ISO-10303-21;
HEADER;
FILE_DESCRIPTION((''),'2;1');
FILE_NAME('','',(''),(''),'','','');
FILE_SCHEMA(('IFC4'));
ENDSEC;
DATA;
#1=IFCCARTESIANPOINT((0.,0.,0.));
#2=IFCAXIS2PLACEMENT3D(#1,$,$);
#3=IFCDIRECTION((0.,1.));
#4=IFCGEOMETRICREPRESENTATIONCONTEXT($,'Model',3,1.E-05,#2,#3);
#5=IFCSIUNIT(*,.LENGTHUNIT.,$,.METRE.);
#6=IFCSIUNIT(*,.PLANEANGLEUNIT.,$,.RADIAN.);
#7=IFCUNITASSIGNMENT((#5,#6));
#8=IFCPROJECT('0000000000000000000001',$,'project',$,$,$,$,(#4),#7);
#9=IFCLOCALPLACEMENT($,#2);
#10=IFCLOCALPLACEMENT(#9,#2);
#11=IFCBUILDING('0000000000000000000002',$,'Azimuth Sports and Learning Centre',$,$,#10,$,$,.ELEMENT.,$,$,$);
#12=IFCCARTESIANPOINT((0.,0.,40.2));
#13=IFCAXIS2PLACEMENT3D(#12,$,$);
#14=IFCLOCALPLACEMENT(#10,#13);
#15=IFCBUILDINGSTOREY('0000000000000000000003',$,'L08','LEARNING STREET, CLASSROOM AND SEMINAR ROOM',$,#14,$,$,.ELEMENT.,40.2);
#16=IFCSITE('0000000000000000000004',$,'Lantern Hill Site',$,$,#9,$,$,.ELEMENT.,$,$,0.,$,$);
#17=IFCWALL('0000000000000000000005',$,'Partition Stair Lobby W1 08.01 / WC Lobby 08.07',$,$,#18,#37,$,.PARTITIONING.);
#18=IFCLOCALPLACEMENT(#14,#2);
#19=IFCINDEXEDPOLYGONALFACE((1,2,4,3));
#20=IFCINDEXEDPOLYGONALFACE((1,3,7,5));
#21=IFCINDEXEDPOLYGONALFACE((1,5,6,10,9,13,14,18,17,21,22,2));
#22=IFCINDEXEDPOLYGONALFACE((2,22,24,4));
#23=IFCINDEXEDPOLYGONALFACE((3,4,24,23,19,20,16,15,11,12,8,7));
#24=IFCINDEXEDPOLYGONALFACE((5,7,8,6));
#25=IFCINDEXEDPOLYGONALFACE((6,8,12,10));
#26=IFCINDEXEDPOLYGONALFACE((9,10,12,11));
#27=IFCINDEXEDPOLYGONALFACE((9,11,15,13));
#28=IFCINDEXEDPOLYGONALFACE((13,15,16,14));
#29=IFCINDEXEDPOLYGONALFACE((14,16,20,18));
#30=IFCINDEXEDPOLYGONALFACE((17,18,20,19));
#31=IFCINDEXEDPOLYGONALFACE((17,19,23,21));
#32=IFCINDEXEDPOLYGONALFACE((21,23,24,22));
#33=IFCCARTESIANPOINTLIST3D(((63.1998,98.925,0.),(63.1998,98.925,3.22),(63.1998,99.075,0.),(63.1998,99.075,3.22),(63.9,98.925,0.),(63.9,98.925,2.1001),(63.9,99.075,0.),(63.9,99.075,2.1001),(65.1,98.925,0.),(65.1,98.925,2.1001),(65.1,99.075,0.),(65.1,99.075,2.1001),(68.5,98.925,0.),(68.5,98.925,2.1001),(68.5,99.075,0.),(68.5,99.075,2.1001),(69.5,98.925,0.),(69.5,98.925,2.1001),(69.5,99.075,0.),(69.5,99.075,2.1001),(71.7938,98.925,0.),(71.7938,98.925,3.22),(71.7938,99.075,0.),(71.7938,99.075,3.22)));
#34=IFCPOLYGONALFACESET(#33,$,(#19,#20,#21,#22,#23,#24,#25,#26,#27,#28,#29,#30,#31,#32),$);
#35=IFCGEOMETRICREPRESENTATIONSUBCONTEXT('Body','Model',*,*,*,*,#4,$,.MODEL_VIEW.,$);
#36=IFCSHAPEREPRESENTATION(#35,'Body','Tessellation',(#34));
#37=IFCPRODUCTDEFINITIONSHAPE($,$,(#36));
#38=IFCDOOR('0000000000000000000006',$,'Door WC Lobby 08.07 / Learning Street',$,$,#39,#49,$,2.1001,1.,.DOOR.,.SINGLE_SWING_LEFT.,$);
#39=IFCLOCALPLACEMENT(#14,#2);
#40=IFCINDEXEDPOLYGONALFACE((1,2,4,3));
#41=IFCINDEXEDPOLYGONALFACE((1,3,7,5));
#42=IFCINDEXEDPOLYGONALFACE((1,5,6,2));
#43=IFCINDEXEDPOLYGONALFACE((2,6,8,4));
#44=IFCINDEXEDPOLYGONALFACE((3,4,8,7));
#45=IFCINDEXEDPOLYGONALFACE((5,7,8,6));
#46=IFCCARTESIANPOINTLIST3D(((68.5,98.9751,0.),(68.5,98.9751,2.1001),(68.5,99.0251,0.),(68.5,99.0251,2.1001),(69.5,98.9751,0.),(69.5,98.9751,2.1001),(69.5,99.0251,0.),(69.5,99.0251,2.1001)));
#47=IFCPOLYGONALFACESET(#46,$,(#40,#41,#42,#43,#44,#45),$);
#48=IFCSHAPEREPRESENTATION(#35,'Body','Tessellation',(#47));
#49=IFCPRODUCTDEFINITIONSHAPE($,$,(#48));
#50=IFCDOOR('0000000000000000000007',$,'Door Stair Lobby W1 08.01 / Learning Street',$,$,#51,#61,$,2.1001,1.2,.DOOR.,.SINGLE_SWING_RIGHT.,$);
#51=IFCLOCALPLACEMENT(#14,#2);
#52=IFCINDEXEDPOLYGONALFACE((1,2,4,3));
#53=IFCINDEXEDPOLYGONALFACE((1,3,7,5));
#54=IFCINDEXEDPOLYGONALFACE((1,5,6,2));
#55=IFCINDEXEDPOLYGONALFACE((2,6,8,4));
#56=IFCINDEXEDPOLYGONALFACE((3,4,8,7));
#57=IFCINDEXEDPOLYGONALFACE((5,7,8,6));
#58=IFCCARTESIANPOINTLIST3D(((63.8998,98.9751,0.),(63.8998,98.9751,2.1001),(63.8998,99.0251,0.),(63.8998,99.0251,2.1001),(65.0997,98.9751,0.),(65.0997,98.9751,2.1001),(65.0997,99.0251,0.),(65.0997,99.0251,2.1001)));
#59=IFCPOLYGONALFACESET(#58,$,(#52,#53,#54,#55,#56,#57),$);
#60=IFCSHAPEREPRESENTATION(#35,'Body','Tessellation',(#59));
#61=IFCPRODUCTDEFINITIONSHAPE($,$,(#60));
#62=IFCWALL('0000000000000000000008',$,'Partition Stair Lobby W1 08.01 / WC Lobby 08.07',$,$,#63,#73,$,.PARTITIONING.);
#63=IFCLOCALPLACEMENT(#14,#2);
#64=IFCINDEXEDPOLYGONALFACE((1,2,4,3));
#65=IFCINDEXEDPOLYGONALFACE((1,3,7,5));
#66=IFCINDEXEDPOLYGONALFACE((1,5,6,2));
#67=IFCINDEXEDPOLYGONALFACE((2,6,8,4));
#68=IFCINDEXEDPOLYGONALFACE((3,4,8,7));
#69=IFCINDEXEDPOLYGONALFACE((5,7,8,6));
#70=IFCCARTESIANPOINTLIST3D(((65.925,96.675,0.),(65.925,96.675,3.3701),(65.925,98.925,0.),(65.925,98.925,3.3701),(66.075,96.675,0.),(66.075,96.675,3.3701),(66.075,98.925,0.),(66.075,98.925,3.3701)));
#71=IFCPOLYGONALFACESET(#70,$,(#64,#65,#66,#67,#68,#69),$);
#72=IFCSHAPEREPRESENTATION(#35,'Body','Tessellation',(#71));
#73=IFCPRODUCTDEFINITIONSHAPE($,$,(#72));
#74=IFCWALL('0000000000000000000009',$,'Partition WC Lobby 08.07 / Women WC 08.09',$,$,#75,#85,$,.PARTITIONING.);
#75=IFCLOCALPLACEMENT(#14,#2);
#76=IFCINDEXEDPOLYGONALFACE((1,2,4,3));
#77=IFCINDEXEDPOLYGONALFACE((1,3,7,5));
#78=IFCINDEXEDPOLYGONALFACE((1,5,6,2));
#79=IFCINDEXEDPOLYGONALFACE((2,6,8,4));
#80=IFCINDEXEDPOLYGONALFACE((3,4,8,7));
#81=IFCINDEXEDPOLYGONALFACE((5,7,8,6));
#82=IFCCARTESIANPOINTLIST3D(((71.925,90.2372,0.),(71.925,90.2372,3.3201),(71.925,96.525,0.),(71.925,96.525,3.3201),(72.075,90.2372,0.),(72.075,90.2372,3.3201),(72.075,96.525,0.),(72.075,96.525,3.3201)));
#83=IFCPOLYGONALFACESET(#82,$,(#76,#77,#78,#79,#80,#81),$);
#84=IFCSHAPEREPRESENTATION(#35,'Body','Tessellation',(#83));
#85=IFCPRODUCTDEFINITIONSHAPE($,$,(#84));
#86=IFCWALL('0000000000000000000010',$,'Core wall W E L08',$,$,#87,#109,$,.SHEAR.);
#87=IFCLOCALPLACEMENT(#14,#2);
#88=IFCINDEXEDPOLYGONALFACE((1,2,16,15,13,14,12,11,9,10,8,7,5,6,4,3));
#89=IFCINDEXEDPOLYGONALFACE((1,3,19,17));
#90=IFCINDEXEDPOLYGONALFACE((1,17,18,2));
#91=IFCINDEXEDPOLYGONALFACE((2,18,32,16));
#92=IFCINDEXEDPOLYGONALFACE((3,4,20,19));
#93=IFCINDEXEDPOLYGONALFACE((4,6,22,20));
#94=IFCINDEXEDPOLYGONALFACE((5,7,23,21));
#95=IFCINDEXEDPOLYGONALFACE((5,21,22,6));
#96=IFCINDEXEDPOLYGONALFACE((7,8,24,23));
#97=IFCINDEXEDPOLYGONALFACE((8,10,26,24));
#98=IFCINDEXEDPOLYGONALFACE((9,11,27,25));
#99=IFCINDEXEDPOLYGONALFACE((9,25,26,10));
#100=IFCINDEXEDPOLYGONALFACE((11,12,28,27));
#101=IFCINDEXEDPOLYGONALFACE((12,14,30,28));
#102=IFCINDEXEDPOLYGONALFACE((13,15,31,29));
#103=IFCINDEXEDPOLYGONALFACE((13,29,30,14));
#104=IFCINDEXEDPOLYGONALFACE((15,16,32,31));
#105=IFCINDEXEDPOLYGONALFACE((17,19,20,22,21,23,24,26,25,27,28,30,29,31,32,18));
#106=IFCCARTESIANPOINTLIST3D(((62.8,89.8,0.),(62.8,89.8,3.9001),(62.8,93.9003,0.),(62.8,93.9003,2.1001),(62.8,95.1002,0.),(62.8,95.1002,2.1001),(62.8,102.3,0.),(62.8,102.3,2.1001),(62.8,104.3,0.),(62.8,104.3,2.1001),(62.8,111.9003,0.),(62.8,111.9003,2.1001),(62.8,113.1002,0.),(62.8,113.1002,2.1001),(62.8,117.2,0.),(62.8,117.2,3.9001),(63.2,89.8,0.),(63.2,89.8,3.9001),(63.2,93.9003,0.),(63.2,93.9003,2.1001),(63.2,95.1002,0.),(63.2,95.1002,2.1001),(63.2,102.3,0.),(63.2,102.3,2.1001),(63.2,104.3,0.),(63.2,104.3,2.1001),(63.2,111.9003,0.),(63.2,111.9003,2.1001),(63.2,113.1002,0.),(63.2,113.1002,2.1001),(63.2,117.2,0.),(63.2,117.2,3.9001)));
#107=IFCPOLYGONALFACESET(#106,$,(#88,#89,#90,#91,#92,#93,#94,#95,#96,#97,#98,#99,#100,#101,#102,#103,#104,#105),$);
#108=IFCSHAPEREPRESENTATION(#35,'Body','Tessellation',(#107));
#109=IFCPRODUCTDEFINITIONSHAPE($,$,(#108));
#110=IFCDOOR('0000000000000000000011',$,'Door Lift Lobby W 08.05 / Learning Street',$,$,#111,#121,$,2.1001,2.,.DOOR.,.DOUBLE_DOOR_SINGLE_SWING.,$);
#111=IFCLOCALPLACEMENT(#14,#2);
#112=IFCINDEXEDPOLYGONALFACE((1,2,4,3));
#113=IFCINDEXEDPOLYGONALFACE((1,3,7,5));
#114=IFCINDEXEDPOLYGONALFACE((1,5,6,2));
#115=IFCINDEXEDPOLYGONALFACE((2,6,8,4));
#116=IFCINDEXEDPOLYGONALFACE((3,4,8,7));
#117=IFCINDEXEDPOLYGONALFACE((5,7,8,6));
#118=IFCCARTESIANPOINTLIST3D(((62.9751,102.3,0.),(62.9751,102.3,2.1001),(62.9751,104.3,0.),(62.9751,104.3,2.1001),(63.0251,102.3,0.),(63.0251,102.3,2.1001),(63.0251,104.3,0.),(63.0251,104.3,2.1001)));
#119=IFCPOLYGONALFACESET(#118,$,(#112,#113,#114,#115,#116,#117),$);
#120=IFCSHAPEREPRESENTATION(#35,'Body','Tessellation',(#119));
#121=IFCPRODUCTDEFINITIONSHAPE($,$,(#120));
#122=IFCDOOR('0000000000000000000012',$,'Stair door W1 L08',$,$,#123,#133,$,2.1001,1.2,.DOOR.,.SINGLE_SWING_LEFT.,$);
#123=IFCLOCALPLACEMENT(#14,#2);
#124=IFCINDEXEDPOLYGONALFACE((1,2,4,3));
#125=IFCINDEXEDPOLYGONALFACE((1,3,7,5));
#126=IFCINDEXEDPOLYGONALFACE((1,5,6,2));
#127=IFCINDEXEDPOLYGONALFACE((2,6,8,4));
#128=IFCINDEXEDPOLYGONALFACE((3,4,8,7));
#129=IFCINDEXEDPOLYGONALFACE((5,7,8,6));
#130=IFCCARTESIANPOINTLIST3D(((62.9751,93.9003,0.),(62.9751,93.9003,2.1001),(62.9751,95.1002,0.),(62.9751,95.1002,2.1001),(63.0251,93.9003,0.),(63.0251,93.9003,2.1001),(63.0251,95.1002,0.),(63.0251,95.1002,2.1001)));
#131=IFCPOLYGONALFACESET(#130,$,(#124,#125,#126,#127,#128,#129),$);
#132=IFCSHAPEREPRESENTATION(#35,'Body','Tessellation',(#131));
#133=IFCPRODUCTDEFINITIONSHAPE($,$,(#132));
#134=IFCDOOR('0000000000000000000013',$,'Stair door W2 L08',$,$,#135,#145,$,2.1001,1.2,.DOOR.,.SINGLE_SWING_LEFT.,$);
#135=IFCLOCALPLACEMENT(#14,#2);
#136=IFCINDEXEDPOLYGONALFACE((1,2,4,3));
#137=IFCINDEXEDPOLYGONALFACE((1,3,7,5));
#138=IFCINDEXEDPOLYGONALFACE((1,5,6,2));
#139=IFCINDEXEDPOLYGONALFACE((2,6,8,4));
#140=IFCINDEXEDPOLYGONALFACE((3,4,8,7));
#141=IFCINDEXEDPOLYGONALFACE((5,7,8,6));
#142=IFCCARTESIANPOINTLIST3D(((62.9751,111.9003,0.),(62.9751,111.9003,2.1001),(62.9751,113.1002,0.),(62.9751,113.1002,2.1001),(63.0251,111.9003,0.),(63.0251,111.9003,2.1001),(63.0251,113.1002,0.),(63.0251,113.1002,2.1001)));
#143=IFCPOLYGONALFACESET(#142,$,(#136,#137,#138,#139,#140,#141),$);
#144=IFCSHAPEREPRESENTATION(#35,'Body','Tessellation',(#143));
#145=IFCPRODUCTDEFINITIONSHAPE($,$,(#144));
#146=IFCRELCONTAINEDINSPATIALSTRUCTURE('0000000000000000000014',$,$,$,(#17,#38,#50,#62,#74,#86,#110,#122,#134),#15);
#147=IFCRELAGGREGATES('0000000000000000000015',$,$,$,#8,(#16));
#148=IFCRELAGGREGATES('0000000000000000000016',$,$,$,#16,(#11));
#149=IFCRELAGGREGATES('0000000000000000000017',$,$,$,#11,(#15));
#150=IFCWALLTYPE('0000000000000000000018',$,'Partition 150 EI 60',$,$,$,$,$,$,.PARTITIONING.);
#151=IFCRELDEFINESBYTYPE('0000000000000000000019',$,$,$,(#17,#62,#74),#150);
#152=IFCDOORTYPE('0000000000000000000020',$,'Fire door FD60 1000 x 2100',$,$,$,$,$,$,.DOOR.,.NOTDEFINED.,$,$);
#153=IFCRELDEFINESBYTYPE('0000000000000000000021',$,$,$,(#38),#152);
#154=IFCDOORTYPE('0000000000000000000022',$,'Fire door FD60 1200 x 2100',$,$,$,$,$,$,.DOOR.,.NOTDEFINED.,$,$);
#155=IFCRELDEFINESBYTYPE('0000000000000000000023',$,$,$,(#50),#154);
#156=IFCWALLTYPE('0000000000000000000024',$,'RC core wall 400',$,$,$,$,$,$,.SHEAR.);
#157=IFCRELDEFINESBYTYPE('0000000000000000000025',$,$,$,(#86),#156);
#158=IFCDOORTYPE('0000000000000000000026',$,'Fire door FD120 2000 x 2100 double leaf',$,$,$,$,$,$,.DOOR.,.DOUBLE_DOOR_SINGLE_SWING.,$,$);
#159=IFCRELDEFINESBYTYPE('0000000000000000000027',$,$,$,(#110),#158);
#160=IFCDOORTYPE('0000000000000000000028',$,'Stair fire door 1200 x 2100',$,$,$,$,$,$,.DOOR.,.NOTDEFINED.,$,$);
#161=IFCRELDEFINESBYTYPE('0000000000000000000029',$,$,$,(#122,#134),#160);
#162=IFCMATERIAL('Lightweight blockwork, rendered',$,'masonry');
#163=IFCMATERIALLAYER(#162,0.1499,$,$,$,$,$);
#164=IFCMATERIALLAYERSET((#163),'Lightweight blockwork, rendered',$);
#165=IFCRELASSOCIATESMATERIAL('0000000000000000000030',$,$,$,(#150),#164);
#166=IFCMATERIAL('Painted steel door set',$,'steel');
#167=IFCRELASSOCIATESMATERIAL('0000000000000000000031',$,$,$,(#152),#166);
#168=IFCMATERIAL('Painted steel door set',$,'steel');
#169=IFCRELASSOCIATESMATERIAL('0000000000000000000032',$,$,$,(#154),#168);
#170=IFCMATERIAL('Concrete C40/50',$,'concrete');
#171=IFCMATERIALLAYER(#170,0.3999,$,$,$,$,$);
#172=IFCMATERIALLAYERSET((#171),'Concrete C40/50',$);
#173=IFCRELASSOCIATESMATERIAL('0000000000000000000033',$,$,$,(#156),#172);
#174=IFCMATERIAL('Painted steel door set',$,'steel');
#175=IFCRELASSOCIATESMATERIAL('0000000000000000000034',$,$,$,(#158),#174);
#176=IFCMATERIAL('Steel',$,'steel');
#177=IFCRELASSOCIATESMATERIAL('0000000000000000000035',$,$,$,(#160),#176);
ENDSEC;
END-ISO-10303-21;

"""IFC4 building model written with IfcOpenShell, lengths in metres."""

from ifc_helpers import new_model, si_unit, direction, frame, frame_2d, origin, place, context, subcontext, project, spatial, rectangle, extrude, material, layer, layer_set, type_object, element, fill, save


model = new_model("IFC4")

# Units and contexts
model_context = context("Model", 3, precision=1e-05, world=origin(), true_north=direction((0.0, 1.0)))
body_context = subcontext(model_context, "Body", "Model", "MODEL_VIEW")
ifc_project = project(units=[si_unit("LENGTHUNIT", "METRE"), si_unit("PLANEANGLEUNIT", "RADIAN")], contexts=[model_context])

# Site, building, storey
site_placement = place(None, origin())
site = spatial("IfcSite", under=ifc_project, at=site_placement, Name="Lantern Hill Site", CompositionType="ELEMENT", RefElevation=0.0)
building_placement = place(site_placement, origin())
building = spatial("IfcBuilding", under=site, at=building_placement, Name="Azimuth Sports and Learning Centre", CompositionType="ELEMENT")
storey_placement = place(building_placement, frame((0.0, 0.0, 40.2)))
storey = spatial("IfcBuildingStorey", under=building, at=storey_placement, Name="L08", Description="LEARNING STREET, CLASSROOM AND SEMINAR ROOM", CompositionType="ELEMENT", Elevation=40.2)

# Wall, openings, doors
ifc_material_1 = material(Name="Lightweight blockwork, rendered", Category="masonry")
ifc_layer_1 = layer(ifc_material_1, 0.1499)
ifc_layer_set_1 = layer_set([ifc_layer_1], Name="Lightweight blockwork, rendered")
wall_type_1 = type_object("IfcWallType", Name="Partition 150 EI 60", PredefinedType="PARTITIONING", material=ifc_layer_set_1)
wall_1_placement = place(storey_placement, frame((63.2, 99.0, 0.0), z_axis=(0.0, 0.0, 1.0), x_axis=(1.0, 0.0, 0.0)))
wall_1 = element("IfcWall", 1, at=wall_1_placement, inside=storey, type_object=wall_type_1, Name="Partition Stair Lobby W1 08.01 / WC Lobby 08.07", PredefinedType="PARTITIONING", context=body_context, shape_type="SweptSolid", body=[
    extrude(rectangle(XDim=8.594, YDim=0.1499, at=frame_2d((4.2969, 0.0))), origin(), (0.0, 0.0, 1.0), 3.22),
])
opening_1_placement = place(wall_1_placement, frame((0.7, 0.0, 0.0)))
opening_1 = element("IfcOpeningElement", 2, at=opening_1_placement, cuts=wall_1, PredefinedType="OPENING", context=body_context, shape_type="SweptSolid", body=[
    extrude(rectangle(XDim=1.2, YDim=2.1001, at=frame_2d((0.6001, 1.05))), frame((0.0, 0.0859, 0.0), z_axis=(0.0, -1.0, 0.0), x_axis=(1.0, 0.0, 0.0)), (0.0, 0.0, 1.0), 0.1719),
])
opening_2_placement = place(wall_1_placement, frame((5.3, 0.0, 0.0)))
opening_2 = element("IfcOpeningElement", 3, at=opening_2_placement, cuts=wall_1, PredefinedType="OPENING", context=body_context, shape_type="SweptSolid", body=[
    extrude(rectangle(XDim=1.0, YDim=2.1001, at=frame_2d((0.5, 1.05))), frame((0.0, 0.0859, 0.0), z_axis=(0.0, -1.0, 0.0), x_axis=(1.0, 0.0, 0.0)), (0.0, 0.0, 1.0), 0.1719),
])
ifc_material_2 = material(Name="Painted steel door set", Category="steel")
door_type_1 = type_object("IfcDoorType", Name="Fire door FD60 1000 x 2100", OperationType="NOTDEFINED", PredefinedType="DOOR", material=ifc_material_2)
door_1_placement = place(opening_2_placement, frame((1.0, 0.0, 0.0), z_axis=(0.0, 0.0, 1.0), x_axis=(-1.0, 0.0, 0.0)))
door_1 = element("IfcDoor", 4, at=door_1_placement, inside=storey, type_object=door_type_1, Name="Door WC Lobby 08.07 / Learning Street", OperationType="SINGLE_SWING_LEFT", OverallHeight=2.1001, OverallWidth=1.0, PredefinedType="DOOR", context=body_context, shape_type="SweptSolid", body=[
    extrude(rectangle(XDim=1.0, YDim=2.1001, at=frame_2d((0.5, 1.05))), frame((0.0, 0.0249, 0.0), z_axis=(0.0, -1.0, 0.0), x_axis=(1.0, 0.0, 0.0)), (0.0, 0.0, 1.0), 0.05),
])
fill(opening_2, door_1)
ifc_material_3 = material(Name="Painted steel door set", Category="steel")
door_type_2 = type_object("IfcDoorType", Name="Fire door FD60 1200 x 2100", OperationType="NOTDEFINED", PredefinedType="DOOR", material=ifc_material_3)
door_2_placement = place(opening_1_placement, frame((1.2, 0.0, 0.0), z_axis=(0.0, 0.0, 1.0), x_axis=(-1.0, 0.0, 0.0)))
door_2 = element("IfcDoor", 5, at=door_2_placement, inside=storey, type_object=door_type_2, Name="Door Stair Lobby W1 08.01 / Learning Street", OperationType="SINGLE_SWING_RIGHT", OverallHeight=2.1001, OverallWidth=1.2, PredefinedType="DOOR", context=body_context, shape_type="SweptSolid", body=[
    extrude(rectangle(XDim=1.2, YDim=2.1001, at=frame_2d((0.6001, 1.05))), frame((0.0, 0.0249, 0.0), z_axis=(0.0, -1.0, 0.0), x_axis=(1.0, 0.0, 0.0)), (0.0, 0.0, 1.0), 0.05),
])
fill(opening_1, door_2)

# Walls
wall_2_placement = place(storey_placement, frame((66.0, 96.675, 0.0), z_axis=(0.0, 0.0, 1.0), x_axis=(0.0, 1.0, 0.0)))
element("IfcWall", 6, at=wall_2_placement, inside=storey, type_object=wall_type_1, Name="Partition Stair Lobby W1 08.01 / WC Lobby 08.07", PredefinedType="PARTITIONING", context=body_context, shape_type="SweptSolid", body=[
    extrude(rectangle(XDim=2.25, YDim=0.1499, at=frame_2d((1.125, 0.0))), origin(), (0.0, 0.0, 1.0), 3.3701),
])
wall_3_placement = place(storey_placement, frame((72.0, 90.2371, 0.0), z_axis=(0.0, 0.0, 1.0), x_axis=(0.0, 1.0, 0.0)))
element("IfcWall", 7, at=wall_3_placement, inside=storey, type_object=wall_type_1, Name="Partition WC Lobby 08.07 / Women WC 08.09", PredefinedType="PARTITIONING", context=body_context, shape_type="SweptSolid", body=[
    extrude(rectangle(XDim=6.2878, YDim=0.1499, at=frame_2d((3.144, 0.0))), origin(), (0.0, 0.0, 1.0), 3.3201),
])

# Wall, openings, doors
ifc_material_4 = material(Name="Concrete C40/50", Category="concrete")
ifc_layer_2 = layer(ifc_material_4, 0.3999)
ifc_layer_set_2 = layer_set([ifc_layer_2], Name="Concrete C40/50")
wall_type_2 = type_object("IfcWallType", Name="RC core wall 400", PredefinedType="SHEAR", material=ifc_layer_set_2)
wall_4_placement = place(storey_placement, frame((63.0, 89.8, 0.0), z_axis=(0.0, 0.0, 1.0), x_axis=(0.0, 1.0, 0.0)))
wall_4 = element("IfcWall", 8, at=wall_4_placement, inside=storey, type_object=wall_type_2, Name="Core wall W E L08", PredefinedType="SHEAR", context=body_context, shape_type="SweptSolid", body=[
    extrude(rectangle(XDim=27.3999, YDim=0.3999, at=frame_2d((13.7, 0.0))), origin(), (0.0, 0.0, 1.0), 3.9001),
])
opening_3_placement = place(wall_4_placement, frame((4.1001, 0.0, 0.0)))
opening_3 = element("IfcOpeningElement", 9, at=opening_3_placement, cuts=wall_4, PredefinedType="OPENING", context=body_context, shape_type="SweptSolid", body=[
    extrude(rectangle(XDim=1.2, YDim=2.1001, at=frame_2d((0.6001, 1.05))), frame((0.0, 0.2109, 0.0), z_axis=(0.0, -1.0, 0.0), x_axis=(1.0, 0.0, 0.0)), (0.0, 0.0, 1.0), 0.4219),
])
opening_4_placement = place(wall_4_placement, frame((22.1001, 0.0, 0.0)))
opening_4 = element("IfcOpeningElement", 10, at=opening_4_placement, cuts=wall_4, PredefinedType="OPENING", context=body_context, shape_type="SweptSolid", body=[
    extrude(rectangle(XDim=1.2, YDim=2.1001, at=frame_2d((0.6001, 1.05))), frame((0.0, 0.2109, 0.0), z_axis=(0.0, -1.0, 0.0), x_axis=(1.0, 0.0, 0.0)), (0.0, 0.0, 1.0), 0.4219),
])
opening_5_placement = place(wall_4_placement, frame((12.5, 0.0, 0.0)))
opening_5 = element("IfcOpeningElement", 11, at=opening_5_placement, cuts=wall_4, PredefinedType="OPENING", context=body_context, shape_type="SweptSolid", body=[
    extrude(rectangle(XDim=2.0, YDim=2.1001, at=frame_2d((1.0, 1.05))), frame((0.0, 0.2109, 0.0), z_axis=(0.0, -1.0, 0.0), x_axis=(1.0, 0.0, 0.0)), (0.0, 0.0, 1.0), 0.4219),
])
ifc_material_5 = material(Name="Painted steel door set", Category="steel")
door_type_3 = type_object("IfcDoorType", Name="Fire door FD120 2000 x 2100 double leaf", OperationType="DOUBLE_DOOR_SINGLE_SWING", PredefinedType="DOOR", material=ifc_material_5)
door_3_placement = place(opening_5_placement, origin())
door_3 = element("IfcDoor", 12, at=door_3_placement, inside=storey, type_object=door_type_3, Name="Door Lift Lobby W 08.05 / Learning Street", OperationType="DOUBLE_DOOR_SINGLE_SWING", OverallHeight=2.1001, OverallWidth=2.0, PredefinedType="DOOR", context=body_context, shape_type="SweptSolid", body=[
    extrude(rectangle(XDim=2.0, YDim=2.1001, at=frame_2d((1.0, 1.05))), frame((0.0, 0.0249, 0.0), z_axis=(0.0, -1.0, 0.0), x_axis=(1.0, 0.0, 0.0)), (0.0, 0.0, 1.0), 0.05),
])
fill(opening_5, door_3)
ifc_material_6 = material(Name="Steel", Category="steel")
door_type_4 = type_object("IfcDoorType", Name="Stair fire door 1200 x 2100", OperationType="NOTDEFINED", PredefinedType="DOOR", material=ifc_material_6)
door_4_placement = place(opening_3_placement, origin())
door_4 = element("IfcDoor", 13, at=door_4_placement, inside=storey, type_object=door_type_4, Name="Stair door W1 L08", OperationType="SINGLE_SWING_LEFT", OverallHeight=2.1001, OverallWidth=1.2, PredefinedType="DOOR", context=body_context, shape_type="SweptSolid", body=[
    extrude(rectangle(XDim=1.2, YDim=2.1001, at=frame_2d((0.6001, 1.05))), frame((0.0, 0.0249, 0.0), z_axis=(0.0, -1.0, 0.0), x_axis=(1.0, 0.0, 0.0)), (0.0, 0.0, 1.0), 0.05),
])
fill(opening_3, door_4)
door_5_placement = place(opening_4_placement, origin())
door_5 = element("IfcDoor", 14, at=door_5_placement, inside=storey, type_object=door_type_4, Name="Stair door W2 L08", OperationType="SINGLE_SWING_LEFT", OverallHeight=2.1001, OverallWidth=1.2, PredefinedType="DOOR", context=body_context, shape_type="SweptSolid", body=[
    extrude(rectangle(XDim=1.2, YDim=2.1001, at=frame_2d((0.6001, 1.05))), frame((0.0, 0.0249, 0.0), z_axis=(0.0, -1.0, 0.0), x_axis=(1.0, 0.0, 0.0)), (0.0, 0.0, 1.0), 0.05),
])
fill(opening_4, door_5)

save(model, "model.ifc")
